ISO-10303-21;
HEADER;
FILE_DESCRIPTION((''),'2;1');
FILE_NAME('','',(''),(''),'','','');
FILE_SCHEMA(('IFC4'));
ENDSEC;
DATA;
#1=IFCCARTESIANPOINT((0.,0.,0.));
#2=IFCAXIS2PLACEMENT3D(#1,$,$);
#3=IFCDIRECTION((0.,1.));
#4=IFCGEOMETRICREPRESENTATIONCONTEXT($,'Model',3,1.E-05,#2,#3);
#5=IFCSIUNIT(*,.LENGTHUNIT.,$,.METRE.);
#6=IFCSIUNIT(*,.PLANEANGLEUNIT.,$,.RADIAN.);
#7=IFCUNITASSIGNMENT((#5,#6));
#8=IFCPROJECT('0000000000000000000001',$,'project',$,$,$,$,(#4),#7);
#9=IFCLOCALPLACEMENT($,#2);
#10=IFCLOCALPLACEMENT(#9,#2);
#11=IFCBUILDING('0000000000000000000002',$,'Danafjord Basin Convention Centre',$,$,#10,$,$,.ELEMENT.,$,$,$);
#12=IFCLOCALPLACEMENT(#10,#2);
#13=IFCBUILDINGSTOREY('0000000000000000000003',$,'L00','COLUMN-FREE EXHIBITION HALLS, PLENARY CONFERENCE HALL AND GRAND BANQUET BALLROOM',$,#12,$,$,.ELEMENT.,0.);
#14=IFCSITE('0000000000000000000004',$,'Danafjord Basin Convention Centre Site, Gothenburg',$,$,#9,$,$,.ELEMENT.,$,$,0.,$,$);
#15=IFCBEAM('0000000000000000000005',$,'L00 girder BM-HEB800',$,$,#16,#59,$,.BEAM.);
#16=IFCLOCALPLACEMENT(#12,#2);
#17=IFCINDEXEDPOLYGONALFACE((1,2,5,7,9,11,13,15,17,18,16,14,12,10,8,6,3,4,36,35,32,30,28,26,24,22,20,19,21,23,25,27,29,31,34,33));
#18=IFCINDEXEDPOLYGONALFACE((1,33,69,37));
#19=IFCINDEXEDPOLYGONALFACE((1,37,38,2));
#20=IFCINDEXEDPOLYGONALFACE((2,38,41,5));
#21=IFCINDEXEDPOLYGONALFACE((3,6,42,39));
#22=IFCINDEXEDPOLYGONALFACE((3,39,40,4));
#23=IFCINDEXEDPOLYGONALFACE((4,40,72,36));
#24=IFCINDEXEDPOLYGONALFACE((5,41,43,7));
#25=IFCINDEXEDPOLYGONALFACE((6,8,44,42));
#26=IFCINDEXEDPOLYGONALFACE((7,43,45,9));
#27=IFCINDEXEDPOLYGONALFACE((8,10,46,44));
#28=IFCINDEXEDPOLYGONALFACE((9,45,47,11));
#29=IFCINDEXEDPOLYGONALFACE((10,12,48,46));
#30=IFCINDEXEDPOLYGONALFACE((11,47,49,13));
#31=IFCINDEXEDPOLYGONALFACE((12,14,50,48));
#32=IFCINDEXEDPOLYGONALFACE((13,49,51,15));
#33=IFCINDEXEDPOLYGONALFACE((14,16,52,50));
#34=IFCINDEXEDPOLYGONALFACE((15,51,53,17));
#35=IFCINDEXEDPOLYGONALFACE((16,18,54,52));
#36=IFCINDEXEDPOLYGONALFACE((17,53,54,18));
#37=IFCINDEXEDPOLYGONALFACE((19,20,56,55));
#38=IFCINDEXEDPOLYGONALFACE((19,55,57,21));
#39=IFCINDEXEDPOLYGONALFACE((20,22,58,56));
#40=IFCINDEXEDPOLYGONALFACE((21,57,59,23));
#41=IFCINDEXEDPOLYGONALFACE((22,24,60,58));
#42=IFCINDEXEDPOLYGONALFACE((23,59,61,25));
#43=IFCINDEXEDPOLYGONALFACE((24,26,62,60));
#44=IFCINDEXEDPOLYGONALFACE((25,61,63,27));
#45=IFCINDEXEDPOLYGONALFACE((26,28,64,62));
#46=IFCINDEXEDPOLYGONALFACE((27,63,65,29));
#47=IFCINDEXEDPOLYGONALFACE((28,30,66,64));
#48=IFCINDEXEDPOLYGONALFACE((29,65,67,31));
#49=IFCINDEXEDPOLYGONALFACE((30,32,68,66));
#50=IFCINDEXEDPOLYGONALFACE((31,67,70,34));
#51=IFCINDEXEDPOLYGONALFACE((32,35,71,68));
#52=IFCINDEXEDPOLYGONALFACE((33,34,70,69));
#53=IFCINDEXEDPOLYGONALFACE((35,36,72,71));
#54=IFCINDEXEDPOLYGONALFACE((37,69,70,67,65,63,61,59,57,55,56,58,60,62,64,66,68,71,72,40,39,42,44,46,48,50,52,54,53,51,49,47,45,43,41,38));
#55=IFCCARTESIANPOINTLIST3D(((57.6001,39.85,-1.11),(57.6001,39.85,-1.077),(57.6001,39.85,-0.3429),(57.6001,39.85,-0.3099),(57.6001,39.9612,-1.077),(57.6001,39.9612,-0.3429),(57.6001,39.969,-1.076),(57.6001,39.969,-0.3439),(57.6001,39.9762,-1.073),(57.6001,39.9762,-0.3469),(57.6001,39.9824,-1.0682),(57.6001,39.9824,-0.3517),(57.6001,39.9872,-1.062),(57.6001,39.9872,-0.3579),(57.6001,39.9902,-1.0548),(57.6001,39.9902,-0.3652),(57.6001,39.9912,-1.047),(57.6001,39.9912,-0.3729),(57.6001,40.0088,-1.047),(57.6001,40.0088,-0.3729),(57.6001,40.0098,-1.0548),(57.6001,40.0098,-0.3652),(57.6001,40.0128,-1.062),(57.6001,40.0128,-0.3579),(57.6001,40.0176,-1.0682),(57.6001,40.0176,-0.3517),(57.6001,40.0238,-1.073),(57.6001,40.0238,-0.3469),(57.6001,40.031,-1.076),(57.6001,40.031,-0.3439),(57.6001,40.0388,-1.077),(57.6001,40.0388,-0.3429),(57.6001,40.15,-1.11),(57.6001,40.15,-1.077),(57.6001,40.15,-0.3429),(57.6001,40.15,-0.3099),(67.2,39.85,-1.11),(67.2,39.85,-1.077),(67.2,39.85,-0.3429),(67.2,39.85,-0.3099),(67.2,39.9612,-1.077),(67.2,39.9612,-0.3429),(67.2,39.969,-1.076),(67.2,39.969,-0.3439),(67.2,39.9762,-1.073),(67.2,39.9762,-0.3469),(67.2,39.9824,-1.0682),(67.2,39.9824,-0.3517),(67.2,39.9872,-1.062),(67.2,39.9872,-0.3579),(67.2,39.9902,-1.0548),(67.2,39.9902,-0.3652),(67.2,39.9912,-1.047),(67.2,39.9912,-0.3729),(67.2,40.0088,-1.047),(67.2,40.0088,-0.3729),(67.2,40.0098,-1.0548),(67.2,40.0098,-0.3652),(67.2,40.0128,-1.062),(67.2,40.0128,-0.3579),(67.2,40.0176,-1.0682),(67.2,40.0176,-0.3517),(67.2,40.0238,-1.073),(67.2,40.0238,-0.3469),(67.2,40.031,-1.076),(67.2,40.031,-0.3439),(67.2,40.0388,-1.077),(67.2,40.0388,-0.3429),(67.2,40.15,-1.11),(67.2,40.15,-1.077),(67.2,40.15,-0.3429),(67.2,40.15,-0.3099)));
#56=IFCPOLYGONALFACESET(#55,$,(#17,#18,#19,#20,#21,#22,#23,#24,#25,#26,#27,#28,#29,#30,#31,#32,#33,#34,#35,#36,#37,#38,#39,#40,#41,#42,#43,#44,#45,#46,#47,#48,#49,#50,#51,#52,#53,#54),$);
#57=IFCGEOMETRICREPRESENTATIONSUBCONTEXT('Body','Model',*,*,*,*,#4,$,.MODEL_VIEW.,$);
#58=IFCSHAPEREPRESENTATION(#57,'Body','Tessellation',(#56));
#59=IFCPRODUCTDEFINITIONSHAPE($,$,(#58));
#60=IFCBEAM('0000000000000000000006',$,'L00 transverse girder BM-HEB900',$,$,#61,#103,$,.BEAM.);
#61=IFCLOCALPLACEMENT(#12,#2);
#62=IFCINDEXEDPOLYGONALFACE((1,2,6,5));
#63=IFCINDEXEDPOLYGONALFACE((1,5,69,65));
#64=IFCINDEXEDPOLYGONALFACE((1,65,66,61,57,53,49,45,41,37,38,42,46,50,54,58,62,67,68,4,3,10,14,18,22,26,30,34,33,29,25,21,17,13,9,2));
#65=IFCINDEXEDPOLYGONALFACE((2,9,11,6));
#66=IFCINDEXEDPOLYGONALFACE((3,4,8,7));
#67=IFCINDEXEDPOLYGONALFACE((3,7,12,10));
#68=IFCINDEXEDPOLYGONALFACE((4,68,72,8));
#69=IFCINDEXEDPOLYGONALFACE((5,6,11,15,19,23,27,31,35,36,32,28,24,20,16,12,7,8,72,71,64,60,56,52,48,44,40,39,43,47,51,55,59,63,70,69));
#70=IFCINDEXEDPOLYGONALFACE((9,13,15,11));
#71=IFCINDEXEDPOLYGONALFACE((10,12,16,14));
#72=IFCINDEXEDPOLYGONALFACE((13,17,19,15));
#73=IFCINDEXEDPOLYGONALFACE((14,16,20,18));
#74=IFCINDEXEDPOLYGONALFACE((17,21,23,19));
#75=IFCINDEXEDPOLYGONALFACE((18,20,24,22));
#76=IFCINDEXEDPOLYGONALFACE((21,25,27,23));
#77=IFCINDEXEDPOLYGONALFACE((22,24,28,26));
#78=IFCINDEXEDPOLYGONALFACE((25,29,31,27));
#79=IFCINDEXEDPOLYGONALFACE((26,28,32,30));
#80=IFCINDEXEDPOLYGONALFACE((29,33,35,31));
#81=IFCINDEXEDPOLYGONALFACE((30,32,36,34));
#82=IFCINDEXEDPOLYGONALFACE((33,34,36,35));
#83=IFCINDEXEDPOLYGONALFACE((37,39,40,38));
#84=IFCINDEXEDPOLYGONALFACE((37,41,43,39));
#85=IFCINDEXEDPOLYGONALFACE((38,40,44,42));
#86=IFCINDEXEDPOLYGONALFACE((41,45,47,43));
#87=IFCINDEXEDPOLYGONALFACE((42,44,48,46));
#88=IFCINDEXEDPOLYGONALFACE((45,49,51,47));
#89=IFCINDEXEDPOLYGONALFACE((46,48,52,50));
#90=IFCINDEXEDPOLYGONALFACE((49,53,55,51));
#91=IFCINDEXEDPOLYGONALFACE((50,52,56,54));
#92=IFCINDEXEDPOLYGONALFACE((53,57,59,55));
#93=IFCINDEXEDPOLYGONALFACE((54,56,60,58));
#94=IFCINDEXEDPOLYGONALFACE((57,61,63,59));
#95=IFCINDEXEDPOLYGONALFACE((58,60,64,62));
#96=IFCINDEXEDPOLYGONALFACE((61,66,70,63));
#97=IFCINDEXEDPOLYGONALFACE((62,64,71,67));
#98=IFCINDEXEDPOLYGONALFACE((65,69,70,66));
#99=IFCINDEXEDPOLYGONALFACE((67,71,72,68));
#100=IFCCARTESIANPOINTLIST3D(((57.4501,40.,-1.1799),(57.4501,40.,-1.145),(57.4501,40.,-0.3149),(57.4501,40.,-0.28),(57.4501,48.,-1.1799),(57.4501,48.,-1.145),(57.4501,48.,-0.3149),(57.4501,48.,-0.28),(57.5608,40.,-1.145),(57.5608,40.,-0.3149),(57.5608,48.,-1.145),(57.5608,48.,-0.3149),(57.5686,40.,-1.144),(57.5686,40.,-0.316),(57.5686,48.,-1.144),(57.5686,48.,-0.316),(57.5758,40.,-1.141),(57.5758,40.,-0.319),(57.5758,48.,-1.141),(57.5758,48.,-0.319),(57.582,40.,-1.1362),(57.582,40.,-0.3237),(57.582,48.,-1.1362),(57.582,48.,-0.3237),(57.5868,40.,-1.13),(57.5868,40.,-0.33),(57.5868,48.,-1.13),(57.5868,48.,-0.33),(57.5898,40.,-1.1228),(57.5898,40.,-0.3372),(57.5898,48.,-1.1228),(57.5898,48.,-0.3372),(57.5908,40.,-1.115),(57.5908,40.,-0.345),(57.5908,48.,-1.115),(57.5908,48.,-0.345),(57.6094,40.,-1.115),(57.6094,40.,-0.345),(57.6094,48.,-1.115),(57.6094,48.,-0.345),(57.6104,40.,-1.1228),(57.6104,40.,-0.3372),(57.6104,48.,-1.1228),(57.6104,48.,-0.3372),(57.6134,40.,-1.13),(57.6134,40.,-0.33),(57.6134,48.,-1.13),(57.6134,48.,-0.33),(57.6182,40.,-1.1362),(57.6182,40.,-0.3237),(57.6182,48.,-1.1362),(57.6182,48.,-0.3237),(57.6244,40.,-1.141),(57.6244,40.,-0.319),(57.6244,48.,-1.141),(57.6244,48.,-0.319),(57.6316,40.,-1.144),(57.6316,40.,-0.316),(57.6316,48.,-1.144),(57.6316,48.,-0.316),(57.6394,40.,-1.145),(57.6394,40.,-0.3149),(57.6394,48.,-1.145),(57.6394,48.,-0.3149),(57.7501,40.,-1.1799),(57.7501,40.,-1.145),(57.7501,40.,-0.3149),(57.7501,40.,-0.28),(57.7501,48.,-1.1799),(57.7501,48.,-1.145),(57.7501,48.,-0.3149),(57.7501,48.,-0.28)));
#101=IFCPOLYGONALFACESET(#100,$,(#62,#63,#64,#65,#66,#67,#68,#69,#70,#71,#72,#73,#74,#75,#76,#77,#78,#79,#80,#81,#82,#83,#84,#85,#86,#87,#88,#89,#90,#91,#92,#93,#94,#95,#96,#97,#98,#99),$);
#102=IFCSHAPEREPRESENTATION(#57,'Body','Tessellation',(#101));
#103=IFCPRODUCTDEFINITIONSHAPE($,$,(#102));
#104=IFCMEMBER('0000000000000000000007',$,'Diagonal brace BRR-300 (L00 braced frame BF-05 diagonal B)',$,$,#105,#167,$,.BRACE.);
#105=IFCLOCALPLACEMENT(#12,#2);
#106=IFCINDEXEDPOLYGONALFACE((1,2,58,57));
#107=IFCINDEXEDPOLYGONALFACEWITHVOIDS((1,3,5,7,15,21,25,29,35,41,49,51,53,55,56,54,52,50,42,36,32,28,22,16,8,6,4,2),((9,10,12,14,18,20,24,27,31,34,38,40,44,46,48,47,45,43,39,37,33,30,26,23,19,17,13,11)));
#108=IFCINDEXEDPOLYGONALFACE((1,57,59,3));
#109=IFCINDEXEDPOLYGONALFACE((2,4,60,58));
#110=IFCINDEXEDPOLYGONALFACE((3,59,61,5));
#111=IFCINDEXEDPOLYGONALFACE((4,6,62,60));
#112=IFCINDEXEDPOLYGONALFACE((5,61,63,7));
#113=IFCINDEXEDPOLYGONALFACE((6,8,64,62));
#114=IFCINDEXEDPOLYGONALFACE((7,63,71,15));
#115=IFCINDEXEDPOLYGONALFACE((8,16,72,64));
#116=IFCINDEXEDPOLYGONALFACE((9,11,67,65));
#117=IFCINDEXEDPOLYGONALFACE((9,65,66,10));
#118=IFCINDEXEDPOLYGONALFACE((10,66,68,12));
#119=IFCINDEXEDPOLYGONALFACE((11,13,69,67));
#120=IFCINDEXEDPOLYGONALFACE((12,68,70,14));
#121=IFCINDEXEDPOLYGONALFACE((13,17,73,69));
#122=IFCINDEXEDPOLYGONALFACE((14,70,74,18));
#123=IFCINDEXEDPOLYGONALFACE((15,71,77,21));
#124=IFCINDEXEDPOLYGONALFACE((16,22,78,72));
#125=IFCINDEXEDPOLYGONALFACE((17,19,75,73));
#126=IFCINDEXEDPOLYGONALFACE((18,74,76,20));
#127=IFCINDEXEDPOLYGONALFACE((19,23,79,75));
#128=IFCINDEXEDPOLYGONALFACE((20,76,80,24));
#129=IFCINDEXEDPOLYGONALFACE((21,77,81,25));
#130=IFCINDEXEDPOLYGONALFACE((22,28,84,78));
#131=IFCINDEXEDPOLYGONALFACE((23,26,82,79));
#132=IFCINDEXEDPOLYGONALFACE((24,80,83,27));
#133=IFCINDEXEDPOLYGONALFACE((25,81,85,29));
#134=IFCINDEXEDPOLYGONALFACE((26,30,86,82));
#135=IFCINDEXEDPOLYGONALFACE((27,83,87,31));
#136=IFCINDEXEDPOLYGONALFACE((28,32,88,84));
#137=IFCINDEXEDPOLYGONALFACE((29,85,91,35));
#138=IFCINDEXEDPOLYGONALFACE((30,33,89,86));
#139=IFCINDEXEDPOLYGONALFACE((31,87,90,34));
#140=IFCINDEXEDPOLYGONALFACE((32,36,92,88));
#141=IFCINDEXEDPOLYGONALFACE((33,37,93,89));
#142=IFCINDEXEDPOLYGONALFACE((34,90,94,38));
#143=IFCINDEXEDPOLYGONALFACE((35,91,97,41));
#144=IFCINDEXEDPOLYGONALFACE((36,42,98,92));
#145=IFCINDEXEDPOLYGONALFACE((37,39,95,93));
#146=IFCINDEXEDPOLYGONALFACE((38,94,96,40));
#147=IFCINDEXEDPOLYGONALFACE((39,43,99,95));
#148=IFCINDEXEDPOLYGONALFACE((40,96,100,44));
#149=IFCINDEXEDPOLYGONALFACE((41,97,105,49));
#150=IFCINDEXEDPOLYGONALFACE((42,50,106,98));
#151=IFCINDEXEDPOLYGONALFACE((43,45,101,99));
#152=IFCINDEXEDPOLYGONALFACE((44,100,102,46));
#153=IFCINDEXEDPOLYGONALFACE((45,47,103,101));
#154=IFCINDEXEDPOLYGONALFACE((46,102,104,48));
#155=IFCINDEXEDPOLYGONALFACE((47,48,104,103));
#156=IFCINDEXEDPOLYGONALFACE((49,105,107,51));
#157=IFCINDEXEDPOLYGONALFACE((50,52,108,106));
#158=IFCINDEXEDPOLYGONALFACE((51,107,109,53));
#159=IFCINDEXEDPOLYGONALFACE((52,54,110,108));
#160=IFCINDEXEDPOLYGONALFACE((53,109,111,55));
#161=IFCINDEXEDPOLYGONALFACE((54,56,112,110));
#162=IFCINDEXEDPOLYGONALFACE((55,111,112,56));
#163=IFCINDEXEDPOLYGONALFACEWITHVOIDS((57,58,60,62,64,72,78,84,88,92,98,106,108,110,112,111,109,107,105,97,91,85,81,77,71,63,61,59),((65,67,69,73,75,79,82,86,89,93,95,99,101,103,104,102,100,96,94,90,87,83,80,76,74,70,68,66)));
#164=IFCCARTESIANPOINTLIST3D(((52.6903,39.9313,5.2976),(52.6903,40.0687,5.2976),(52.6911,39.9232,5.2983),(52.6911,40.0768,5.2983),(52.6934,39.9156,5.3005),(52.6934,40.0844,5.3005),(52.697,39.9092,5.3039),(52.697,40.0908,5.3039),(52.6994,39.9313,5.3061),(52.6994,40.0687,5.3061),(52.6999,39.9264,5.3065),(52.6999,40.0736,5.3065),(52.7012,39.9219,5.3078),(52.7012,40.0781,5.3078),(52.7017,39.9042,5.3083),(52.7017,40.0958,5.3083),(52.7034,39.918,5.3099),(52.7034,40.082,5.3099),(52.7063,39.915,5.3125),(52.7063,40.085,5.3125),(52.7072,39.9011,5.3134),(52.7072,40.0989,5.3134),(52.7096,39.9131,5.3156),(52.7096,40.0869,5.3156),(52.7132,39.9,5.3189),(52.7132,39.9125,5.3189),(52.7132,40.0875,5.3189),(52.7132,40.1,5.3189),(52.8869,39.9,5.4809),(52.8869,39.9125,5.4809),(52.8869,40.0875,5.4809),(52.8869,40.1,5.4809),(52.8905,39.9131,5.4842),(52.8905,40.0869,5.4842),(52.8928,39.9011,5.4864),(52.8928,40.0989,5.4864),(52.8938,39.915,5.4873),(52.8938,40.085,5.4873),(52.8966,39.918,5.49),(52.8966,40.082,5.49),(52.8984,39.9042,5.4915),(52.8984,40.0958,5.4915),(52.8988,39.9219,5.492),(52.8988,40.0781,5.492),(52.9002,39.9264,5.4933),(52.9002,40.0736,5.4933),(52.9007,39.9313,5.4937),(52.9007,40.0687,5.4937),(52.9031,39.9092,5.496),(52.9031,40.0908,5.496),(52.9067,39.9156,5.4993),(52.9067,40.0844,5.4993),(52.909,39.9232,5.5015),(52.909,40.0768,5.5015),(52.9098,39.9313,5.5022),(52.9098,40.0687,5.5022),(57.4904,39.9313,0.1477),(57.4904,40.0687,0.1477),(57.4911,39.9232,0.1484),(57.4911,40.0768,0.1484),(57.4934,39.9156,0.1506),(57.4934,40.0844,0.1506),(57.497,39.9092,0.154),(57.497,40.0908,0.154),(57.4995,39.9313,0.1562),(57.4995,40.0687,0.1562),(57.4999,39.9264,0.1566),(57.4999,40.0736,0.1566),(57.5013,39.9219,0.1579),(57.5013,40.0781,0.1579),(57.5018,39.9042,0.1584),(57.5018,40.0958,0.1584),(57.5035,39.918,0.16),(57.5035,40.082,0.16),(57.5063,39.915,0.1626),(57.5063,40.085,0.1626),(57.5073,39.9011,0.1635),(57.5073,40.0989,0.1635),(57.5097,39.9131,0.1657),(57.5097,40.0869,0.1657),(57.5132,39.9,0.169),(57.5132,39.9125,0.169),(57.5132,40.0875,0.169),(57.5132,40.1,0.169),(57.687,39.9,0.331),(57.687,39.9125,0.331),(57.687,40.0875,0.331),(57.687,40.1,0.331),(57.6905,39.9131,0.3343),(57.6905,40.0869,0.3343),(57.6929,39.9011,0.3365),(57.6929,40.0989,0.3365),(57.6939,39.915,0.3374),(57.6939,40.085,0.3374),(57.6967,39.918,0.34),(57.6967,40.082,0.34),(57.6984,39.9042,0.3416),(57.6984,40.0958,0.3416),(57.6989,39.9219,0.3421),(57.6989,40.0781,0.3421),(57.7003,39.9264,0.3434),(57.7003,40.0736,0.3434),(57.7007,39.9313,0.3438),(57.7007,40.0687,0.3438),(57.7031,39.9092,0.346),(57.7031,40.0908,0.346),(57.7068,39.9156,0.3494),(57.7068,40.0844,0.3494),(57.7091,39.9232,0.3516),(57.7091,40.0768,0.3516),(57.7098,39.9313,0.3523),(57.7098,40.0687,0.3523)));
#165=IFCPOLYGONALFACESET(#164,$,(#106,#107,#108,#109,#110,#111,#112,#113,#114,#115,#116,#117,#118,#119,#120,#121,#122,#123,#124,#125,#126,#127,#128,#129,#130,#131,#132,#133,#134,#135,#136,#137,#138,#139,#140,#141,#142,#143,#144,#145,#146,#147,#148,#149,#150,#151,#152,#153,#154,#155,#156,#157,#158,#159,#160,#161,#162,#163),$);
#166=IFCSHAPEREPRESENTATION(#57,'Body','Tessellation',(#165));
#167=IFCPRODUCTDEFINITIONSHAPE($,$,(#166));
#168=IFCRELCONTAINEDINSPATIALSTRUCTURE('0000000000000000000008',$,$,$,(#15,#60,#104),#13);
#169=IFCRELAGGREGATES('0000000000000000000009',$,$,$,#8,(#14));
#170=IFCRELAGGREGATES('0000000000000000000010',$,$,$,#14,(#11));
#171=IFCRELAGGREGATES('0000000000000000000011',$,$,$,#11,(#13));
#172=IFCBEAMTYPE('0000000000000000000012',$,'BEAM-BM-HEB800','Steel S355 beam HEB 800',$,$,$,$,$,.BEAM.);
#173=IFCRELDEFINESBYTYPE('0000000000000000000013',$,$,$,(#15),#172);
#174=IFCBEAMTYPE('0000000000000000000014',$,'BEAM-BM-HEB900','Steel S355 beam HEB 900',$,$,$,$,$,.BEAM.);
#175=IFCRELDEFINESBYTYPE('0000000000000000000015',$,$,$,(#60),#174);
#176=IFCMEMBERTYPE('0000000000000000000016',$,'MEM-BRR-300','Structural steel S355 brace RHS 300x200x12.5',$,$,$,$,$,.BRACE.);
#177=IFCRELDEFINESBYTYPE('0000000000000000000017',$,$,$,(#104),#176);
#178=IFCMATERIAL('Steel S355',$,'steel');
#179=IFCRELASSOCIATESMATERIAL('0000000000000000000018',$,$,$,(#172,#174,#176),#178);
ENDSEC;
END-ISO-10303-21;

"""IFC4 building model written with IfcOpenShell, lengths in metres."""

from ifc_helpers import new_model, si_unit, direction, frame, origin, origin_2d, place, context, subcontext, project, spatial, hollow_rectangle, i_section, extrude, material, material_profile, profile_set, type_object, element, save


model = new_model("IFC4")

# Units and contexts
model_context = context("Model", 3, precision=1e-05, world=origin(), true_north=direction((0.0, 1.0)))
body_context = subcontext(model_context, "Body", "Model", "MODEL_VIEW")
ifc_project = project(units=[si_unit("LENGTHUNIT", "METRE"), si_unit("PLANEANGLEUNIT", "RADIAN")], contexts=[model_context])

# Site, building, storey
site_placement = place(None, origin())
site = spatial("IfcSite", under=ifc_project, at=site_placement, Name="Danafjord Basin Convention Centre Site, Gothenburg", CompositionType="ELEMENT", RefElevation=0.0)
building_placement = place(site_placement, origin())
building = spatial("IfcBuilding", under=site, at=building_placement, Name="Danafjord Basin Convention Centre", CompositionType="ELEMENT")
storey_placement = place(building_placement, origin())
storey = spatial("IfcBuildingStorey", under=building, at=storey_placement, Name="L00", Description="COLUMN-FREE EXHIBITION HALLS, PLENARY CONFERENCE HALL AND GRAND BANQUET BALLROOM", CompositionType="ELEMENT", Elevation=0.0)

# Shared definitions
ifc_material_1 = material(Name="Steel S355", Category="steel")

# Beams
ifc_material_profile_1 = material_profile(ifc_material_1, i_section(OverallWidth=0.3, OverallDepth=0.8, WebThickness=0.0176, FlangeThickness=0.033, FilletRadius=0.03, at=origin_2d()), Name="HEB 800")
ifc_profile_set_1 = profile_set([ifc_material_profile_1], Name="Steel S355")
beam_type_1 = type_object("IfcBeamType", Name="BEAM-BM-HEB800", Description="Steel S355 beam HEB 800", PredefinedType="BEAM", material=ifc_profile_set_1)
beam_1_placement = place(storey_placement, frame((57.6001, 40.0, -0.71), z_axis=(1.0, 0.0, 0.0), x_axis=(0.0, 1.0, 0.0)))
element("IfcBeam", 1, at=beam_1_placement, inside=storey, type_object=beam_type_1, Name="L00 girder BM-HEB800", PredefinedType="BEAM", context=body_context, shape_type="SweptSolid", body=[
    extrude(i_section(OverallWidth=0.3, OverallDepth=0.8, WebThickness=0.0176, FlangeThickness=0.033, FilletRadius=0.03, at=origin_2d()), origin(), (0.0, 0.0, 1.0), 9.5999),
])
ifc_material_profile_2 = material_profile(ifc_material_1, i_section(OverallWidth=0.3, OverallDepth=0.8999, WebThickness=0.0186, FlangeThickness=0.0349, FilletRadius=0.03, at=origin_2d()), Name="HEB 900")
ifc_profile_set_2 = profile_set([ifc_material_profile_2], Name="Steel S355")
beam_type_2 = type_object("IfcBeamType", Name="BEAM-BM-HEB900", Description="Steel S355 beam HEB 900", PredefinedType="BEAM", material=ifc_profile_set_2)
beam_2_placement = place(storey_placement, frame((57.6001, 40.0, -0.73), z_axis=(0.0, 1.0, 0.0), x_axis=(-1.0, 0.0, 0.0)))
element("IfcBeam", 2, at=beam_2_placement, inside=storey, type_object=beam_type_2, Name="L00 transverse girder BM-HEB900", PredefinedType="BEAM", context=body_context, shape_type="SweptSolid", body=[
    extrude(i_section(OverallWidth=0.3, OverallDepth=0.8999, WebThickness=0.0186, FlangeThickness=0.0349, FilletRadius=0.03, at=origin_2d()), origin(), (0.0, 0.0, 1.0), 8.0),
])

# Member
ifc_material_profile_3 = material_profile(ifc_material_1, hollow_rectangle(XDim=0.2, YDim=0.3, WallThickness=0.0125, InnerFilletRadius=0.0188, OuterFilletRadius=0.0312, at=origin_2d()), Name="RHS 300x200x12.5")
ifc_profile_set_3 = profile_set([ifc_material_profile_3], Name="Steel S355")
member_type_1 = type_object("IfcMemberType", Name="MEM-BRR-300", Description="Structural steel S355 brace RHS 300x200x12.5", PredefinedType="BRACE", material=ifc_profile_set_3)
member_1_placement = place(storey_placement, frame((57.6001, 40.0, 0.25), z_axis=(-0.681823, 0.0, 0.731518), x_axis=(0.0, -1.0, 0.0)))
element("IfcMember", 3, at=member_1_placement, inside=storey, type_object=member_type_1, Name="Diagonal brace BRR-300 (L00 braced frame BF-05 diagonal B)", PredefinedType="BRACE", context=body_context, shape_type="SweptSolid", body=[
    extrude(hollow_rectangle(XDim=0.2, YDim=0.3, WallThickness=0.0125, InnerFilletRadius=0.0188, OuterFilletRadius=0.0312, at=origin_2d()), origin(), (0.0, 0.0, 1.0), 7.04),
])

save(model, "model.ifc")
